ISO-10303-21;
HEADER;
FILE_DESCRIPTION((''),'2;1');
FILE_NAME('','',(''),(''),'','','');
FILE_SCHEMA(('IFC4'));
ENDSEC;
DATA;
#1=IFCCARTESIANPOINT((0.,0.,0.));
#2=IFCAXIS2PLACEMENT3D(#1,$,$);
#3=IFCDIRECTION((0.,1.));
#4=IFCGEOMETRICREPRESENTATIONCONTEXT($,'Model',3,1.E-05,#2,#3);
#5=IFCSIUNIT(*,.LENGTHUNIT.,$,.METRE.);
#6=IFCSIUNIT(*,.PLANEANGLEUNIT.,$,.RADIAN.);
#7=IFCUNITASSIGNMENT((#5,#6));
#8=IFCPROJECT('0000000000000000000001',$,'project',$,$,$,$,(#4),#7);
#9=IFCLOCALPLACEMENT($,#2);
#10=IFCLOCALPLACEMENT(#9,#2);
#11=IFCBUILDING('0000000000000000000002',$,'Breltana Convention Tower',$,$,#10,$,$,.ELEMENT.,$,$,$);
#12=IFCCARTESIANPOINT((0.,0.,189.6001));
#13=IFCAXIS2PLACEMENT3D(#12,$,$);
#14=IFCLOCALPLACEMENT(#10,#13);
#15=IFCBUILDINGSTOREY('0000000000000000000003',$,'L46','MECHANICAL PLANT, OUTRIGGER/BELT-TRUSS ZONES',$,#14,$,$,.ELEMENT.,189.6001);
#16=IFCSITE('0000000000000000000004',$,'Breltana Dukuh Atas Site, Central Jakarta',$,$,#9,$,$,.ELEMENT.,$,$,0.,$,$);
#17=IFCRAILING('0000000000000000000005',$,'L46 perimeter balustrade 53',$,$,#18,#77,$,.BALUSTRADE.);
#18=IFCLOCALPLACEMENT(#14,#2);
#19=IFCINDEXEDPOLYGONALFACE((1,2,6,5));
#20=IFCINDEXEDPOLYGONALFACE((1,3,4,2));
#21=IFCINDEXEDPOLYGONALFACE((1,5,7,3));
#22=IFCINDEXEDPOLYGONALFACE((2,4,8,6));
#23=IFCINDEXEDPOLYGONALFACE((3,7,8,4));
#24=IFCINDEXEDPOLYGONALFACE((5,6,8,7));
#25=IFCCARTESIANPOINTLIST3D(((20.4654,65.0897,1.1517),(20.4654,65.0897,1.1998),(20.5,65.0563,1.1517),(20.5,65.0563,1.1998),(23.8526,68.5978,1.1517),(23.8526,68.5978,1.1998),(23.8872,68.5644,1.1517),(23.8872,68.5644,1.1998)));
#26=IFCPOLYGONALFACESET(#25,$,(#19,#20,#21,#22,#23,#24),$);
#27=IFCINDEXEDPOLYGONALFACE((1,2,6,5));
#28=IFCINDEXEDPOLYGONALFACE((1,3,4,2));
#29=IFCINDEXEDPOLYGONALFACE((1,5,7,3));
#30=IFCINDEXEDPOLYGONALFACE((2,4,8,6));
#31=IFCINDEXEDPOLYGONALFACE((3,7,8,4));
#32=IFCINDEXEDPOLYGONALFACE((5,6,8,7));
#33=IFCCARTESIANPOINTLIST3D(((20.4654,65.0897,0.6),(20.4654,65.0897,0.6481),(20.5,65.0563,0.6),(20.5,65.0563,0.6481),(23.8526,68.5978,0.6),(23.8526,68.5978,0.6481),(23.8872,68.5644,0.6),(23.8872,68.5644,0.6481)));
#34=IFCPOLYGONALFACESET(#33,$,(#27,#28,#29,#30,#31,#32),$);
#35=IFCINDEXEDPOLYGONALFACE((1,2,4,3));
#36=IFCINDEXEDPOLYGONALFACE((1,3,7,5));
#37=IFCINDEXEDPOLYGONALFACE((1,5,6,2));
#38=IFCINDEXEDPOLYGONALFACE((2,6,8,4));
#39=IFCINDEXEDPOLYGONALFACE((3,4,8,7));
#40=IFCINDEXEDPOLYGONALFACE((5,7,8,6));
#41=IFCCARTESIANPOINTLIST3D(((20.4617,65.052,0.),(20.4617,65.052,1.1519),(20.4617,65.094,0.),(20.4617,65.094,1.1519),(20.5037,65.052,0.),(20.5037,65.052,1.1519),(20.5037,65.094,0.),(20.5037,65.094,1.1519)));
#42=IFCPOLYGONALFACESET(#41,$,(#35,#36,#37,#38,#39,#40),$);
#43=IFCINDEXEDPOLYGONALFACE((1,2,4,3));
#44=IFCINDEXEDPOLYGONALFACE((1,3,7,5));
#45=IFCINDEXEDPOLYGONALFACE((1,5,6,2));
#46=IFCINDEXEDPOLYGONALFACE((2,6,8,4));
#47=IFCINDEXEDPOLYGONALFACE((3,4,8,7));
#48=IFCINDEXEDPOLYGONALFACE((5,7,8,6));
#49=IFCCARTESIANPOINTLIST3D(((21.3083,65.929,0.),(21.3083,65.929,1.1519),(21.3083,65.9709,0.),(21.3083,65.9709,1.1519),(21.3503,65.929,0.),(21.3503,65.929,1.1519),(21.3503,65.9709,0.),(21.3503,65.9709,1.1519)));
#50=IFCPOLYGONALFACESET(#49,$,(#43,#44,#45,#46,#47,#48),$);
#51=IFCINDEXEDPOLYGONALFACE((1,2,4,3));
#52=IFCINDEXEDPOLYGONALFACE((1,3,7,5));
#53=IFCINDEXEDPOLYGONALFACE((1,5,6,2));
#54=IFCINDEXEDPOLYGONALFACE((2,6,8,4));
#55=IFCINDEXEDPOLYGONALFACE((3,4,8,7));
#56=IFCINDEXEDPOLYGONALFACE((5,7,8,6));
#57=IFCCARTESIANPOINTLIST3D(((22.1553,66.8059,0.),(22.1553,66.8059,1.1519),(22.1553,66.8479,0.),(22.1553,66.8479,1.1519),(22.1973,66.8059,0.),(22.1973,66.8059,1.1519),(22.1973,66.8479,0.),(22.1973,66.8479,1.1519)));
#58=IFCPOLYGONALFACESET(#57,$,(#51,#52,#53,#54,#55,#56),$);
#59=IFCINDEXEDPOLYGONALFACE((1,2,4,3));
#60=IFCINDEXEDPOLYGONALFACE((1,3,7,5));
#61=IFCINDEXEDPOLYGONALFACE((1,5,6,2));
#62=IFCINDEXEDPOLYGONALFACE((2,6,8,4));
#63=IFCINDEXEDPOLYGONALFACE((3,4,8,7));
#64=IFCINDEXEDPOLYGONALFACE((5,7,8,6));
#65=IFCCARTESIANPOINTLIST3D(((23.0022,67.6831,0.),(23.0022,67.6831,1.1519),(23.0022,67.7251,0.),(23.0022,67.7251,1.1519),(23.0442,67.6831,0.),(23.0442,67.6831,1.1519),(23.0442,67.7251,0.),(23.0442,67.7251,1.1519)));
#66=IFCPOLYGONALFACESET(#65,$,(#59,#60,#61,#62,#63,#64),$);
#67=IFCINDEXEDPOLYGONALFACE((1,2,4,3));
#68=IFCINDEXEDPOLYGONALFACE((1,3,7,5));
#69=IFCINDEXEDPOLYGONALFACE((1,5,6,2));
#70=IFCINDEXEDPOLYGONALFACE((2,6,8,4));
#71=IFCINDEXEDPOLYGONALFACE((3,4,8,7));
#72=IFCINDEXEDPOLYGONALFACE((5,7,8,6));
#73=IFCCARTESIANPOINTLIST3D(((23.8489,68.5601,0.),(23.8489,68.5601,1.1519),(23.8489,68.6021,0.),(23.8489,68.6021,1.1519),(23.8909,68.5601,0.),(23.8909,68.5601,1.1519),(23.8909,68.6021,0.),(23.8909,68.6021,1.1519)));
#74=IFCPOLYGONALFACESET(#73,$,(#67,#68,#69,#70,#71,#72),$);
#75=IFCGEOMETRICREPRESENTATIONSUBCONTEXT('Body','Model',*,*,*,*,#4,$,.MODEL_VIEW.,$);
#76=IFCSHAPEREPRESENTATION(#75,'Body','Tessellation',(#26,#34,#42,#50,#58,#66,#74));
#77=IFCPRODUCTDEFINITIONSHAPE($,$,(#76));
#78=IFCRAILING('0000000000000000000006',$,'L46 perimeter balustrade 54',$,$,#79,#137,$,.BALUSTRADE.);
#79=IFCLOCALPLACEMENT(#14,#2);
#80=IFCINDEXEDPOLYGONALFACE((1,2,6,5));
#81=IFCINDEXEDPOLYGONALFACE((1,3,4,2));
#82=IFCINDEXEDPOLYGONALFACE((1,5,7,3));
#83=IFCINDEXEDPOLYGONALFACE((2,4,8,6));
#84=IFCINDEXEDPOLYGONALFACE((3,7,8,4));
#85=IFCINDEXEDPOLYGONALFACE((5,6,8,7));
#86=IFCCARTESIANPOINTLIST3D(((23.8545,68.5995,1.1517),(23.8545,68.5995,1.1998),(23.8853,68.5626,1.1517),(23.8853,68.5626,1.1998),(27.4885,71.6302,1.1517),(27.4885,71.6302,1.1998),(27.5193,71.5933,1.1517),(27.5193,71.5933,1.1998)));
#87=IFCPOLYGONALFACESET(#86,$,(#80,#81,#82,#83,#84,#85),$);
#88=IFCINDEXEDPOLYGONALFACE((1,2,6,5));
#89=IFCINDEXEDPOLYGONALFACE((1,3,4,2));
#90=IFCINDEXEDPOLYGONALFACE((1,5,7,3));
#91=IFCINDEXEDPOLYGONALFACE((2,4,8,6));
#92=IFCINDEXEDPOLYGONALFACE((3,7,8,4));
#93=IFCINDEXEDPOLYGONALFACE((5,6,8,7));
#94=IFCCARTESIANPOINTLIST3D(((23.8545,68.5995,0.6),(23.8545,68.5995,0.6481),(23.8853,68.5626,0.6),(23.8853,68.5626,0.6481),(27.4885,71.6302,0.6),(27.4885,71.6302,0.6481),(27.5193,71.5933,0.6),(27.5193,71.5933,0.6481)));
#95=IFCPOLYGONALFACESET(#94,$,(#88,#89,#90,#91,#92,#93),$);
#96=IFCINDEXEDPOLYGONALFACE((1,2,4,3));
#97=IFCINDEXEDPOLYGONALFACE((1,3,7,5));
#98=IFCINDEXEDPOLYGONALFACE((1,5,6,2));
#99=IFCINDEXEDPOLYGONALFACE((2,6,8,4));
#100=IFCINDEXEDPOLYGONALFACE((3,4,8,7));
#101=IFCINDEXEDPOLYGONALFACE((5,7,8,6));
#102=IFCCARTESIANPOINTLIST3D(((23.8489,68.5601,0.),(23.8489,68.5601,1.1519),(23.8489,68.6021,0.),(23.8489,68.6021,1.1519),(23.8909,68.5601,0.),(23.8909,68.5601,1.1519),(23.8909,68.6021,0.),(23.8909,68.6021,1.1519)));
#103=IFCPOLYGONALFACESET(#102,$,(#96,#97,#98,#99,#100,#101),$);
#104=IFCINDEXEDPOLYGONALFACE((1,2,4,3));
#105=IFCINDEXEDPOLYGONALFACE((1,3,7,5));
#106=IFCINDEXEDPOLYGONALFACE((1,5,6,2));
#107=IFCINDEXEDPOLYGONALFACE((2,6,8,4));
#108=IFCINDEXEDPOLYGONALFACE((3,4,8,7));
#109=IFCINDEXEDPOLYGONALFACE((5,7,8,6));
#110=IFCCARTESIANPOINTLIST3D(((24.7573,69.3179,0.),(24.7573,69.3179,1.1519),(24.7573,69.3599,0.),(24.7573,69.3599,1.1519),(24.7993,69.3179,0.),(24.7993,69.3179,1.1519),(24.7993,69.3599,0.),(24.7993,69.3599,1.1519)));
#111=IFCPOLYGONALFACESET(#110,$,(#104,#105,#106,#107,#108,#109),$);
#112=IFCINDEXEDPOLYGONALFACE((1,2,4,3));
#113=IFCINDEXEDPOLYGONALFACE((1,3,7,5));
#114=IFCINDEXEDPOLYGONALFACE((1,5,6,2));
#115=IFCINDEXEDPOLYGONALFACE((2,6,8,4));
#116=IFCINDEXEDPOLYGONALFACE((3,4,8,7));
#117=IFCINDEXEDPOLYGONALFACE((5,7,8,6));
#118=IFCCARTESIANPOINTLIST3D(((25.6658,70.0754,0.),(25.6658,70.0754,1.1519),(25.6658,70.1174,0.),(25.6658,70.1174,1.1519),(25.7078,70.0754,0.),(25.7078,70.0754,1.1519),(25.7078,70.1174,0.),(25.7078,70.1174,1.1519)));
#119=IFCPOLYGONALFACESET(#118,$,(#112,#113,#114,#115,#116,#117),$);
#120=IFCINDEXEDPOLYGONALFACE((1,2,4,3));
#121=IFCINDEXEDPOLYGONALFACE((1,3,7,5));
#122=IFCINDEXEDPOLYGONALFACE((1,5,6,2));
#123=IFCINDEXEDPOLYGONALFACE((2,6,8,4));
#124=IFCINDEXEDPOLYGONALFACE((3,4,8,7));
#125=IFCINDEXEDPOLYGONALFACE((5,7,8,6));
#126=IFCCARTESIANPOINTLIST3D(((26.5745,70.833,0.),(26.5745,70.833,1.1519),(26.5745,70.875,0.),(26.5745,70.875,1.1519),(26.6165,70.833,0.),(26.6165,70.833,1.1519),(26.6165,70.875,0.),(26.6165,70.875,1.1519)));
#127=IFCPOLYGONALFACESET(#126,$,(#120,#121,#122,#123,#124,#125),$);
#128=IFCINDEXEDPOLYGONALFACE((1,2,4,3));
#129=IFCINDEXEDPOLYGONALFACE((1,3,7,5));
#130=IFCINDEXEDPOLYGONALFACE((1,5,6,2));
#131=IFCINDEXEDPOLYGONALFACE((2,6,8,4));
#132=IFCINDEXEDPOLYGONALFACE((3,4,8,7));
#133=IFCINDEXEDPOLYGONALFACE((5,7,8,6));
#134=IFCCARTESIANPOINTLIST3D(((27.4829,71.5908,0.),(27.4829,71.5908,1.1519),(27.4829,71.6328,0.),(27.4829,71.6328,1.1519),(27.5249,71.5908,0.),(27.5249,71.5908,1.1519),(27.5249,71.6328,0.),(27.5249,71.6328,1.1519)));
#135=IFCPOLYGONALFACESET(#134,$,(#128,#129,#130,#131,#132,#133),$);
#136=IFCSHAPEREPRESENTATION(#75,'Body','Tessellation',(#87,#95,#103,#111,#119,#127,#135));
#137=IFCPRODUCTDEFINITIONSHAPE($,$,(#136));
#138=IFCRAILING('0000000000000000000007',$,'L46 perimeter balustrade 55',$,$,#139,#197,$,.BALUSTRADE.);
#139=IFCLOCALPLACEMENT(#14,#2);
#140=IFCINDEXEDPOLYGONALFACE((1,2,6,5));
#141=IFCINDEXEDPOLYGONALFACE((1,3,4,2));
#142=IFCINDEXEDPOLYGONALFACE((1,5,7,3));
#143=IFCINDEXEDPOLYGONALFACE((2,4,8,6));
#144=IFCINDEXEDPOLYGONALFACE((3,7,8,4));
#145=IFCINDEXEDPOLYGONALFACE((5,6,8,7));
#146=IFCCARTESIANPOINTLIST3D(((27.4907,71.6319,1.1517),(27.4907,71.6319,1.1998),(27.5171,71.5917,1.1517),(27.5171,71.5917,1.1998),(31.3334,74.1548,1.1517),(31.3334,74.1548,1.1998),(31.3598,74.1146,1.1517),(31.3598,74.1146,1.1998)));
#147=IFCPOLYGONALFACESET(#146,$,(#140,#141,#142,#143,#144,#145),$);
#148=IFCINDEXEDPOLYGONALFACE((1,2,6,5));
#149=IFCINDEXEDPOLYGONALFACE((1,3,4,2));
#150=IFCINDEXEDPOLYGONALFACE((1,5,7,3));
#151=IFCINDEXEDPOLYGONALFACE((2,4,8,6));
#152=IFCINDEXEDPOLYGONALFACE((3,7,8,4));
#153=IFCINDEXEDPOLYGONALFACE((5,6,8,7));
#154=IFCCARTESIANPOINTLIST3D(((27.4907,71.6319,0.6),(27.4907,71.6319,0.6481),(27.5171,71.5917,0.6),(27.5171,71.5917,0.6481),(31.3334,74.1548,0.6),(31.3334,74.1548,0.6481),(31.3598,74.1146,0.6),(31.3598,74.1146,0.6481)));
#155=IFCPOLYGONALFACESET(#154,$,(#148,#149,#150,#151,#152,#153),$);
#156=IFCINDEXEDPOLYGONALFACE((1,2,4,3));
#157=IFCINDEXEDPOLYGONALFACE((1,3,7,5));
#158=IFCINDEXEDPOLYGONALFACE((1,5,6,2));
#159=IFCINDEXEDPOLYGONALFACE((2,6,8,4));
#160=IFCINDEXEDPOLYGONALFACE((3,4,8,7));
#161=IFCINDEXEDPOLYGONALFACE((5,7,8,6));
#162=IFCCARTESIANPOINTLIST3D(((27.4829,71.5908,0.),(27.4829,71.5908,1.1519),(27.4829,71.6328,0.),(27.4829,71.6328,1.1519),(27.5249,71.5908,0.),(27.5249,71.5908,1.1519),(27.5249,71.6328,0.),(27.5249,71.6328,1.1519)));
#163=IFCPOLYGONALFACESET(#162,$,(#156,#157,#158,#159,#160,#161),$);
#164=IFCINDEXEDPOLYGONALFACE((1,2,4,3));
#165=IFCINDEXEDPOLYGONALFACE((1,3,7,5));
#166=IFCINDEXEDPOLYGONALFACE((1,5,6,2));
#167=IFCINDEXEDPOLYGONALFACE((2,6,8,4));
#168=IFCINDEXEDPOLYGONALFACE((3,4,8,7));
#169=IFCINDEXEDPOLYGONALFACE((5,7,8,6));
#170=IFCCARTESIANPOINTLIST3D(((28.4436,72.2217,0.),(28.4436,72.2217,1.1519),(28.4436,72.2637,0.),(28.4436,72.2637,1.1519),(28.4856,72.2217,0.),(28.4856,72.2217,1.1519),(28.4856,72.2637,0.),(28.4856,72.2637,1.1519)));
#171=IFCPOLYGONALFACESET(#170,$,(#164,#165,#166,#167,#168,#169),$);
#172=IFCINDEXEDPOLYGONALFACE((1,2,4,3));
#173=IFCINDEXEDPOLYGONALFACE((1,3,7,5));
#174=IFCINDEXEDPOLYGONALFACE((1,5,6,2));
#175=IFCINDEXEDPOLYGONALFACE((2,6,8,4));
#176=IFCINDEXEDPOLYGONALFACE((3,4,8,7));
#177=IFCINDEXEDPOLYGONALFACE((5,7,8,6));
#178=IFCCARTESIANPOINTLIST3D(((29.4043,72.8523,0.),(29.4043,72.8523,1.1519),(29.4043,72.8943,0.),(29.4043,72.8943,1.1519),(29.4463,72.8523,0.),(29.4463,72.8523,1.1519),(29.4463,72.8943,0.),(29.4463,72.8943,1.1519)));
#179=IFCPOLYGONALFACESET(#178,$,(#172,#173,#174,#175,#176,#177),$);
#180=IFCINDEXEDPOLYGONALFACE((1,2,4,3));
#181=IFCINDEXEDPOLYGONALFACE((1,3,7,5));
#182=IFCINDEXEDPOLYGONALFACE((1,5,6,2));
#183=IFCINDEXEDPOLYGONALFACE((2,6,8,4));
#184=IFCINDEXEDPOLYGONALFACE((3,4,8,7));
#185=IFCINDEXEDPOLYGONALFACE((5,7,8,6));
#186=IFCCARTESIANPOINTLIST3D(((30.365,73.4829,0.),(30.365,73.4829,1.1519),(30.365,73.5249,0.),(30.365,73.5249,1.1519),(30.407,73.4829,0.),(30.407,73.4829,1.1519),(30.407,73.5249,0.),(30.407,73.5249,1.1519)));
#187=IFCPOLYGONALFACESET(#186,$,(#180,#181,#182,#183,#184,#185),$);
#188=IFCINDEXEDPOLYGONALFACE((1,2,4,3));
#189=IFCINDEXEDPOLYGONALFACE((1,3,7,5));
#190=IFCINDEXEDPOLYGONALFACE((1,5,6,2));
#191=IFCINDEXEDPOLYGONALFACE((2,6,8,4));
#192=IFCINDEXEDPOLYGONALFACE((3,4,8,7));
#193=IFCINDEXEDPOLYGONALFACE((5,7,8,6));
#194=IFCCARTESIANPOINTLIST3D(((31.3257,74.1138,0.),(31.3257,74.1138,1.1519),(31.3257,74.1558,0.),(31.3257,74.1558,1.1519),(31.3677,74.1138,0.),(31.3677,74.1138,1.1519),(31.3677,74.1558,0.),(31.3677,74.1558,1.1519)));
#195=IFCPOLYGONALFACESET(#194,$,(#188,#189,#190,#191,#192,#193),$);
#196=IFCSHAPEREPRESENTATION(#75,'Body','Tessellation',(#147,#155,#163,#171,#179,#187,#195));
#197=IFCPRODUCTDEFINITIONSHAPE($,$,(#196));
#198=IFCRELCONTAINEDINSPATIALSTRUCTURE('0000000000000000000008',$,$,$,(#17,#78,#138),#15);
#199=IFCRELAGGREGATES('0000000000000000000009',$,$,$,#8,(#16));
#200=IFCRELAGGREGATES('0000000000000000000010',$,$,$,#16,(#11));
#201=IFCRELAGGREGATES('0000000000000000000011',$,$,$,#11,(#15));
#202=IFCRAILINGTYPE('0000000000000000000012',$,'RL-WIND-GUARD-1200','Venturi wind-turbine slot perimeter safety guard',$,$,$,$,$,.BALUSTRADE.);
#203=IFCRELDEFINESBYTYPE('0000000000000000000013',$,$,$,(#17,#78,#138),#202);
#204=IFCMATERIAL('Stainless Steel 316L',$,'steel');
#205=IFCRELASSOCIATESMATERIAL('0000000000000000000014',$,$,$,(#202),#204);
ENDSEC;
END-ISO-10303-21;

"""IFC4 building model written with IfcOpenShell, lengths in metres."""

from ifc_helpers import new_model, si_unit, direction, frame, origin, origin_2d, place, context, subcontext, project, spatial, rectangle, extrude, material, type_object, element, save


model = new_model("IFC4")

# Units and contexts
model_context = context("Model", 3, precision=1e-05, world=origin(), true_north=direction((0.0, 1.0)))
body_context = subcontext(model_context, "Body", "Model", "MODEL_VIEW")
ifc_project = project(units=[si_unit("LENGTHUNIT", "METRE"), si_unit("PLANEANGLEUNIT", "RADIAN")], contexts=[model_context])

# Site, building, storey
site_placement = place(None, origin())
site = spatial("IfcSite", under=ifc_project, at=site_placement, Name="Breltana Dukuh Atas Site, Central Jakarta", CompositionType="ELEMENT", RefElevation=0.0)
building_placement = place(site_placement, origin())
building = spatial("IfcBuilding", under=site, at=building_placement, Name="Breltana Convention Tower", CompositionType="ELEMENT")
storey_placement = place(building_placement, frame((0.0, 0.0, 189.6001)))
storey = spatial("IfcBuildingStorey", under=building, at=storey_placement, Name="L46", Description="MECHANICAL PLANT, OUTRIGGER/BELT-TRUSS ZONES", CompositionType="ELEMENT", Elevation=189.6001)

# Railings
ifc_material_1 = material(Name="Stainless Steel 316L", Category="steel")
railing_type = type_object("IfcRailingType", Name="RL-WIND-GUARD-1200", Description="Venturi wind-turbine slot perimeter safety guard", PredefinedType="BALUSTRADE", material=ifc_material_1)
railing_1_placement = place(storey_placement, frame((20.4827, 65.073, 0.0)))
element("IfcRailing", 1, at=railing_1_placement, inside=storey, type_object=railing_type, Name="L46 perimeter balustrade 53", PredefinedType="BALUSTRADE", context=body_context, shape_type="SweptSolid", body=[
    extrude(rectangle(XDim=0.0481, YDim=0.0481, at=origin_2d()), frame((0.0, 0.0, 1.1758), z_axis=(0.694607, 0.719389, 0.0), x_axis=(-0.719389, 0.694607, 0.0)), (0.0, 0.0, 1.0), 4.8765),
    extrude(rectangle(XDim=0.0481, YDim=0.0481, at=origin_2d()), frame((0.0, 0.0, 0.624), z_axis=(0.694607, 0.719389, 0.0), x_axis=(-0.719389, 0.694607, 0.0)), (0.0, 0.0, 1.0), 4.8765),
    extrude(rectangle(XDim=0.042, YDim=0.042, at=origin_2d()), origin(), (0.0, 0.0, 1.0), 1.1519),
    extrude(rectangle(XDim=0.042, YDim=0.042, at=origin_2d()), frame((0.8467, 0.877, 0.0)), (0.0, 0.0, 1.0), 1.1519),
    extrude(rectangle(XDim=0.042, YDim=0.042, at=origin_2d()), frame((1.6936, 1.7539, 0.0)), (0.0, 0.0, 1.0), 1.1519),
    extrude(rectangle(XDim=0.042, YDim=0.042, at=origin_2d()), frame((2.5405, 2.6311, 0.0)), (0.0, 0.0, 1.0), 1.1519),
    extrude(rectangle(XDim=0.042, YDim=0.042, at=origin_2d()), frame((3.3872, 3.5081, 0.0)), (0.0, 0.0, 1.0), 1.1519),
])
railing_2_placement = place(storey_placement, frame((23.8699, 68.5811, 0.0)))
element("IfcRailing", 2, at=railing_2_placement, inside=storey, type_object=railing_type, Name="L46 perimeter balustrade 54", PredefinedType="BALUSTRADE", context=body_context, shape_type="SweptSolid", body=[
    extrude(rectangle(XDim=0.0481, YDim=0.0481, at=origin_2d()), frame((0.0, 0.0, 1.1758), z_axis=(0.767972, 0.640484, 0.0), x_axis=(-0.640484, 0.767972, 0.0)), (0.0, 0.0, 1.0), 4.7319),
    extrude(rectangle(XDim=0.0481, YDim=0.0481, at=origin_2d()), frame((0.0, 0.0, 0.624), z_axis=(0.767972, 0.640484, 0.0), x_axis=(-0.640484, 0.767972, 0.0)), (0.0, 0.0, 1.0), 4.7319),
    extrude(rectangle(XDim=0.042, YDim=0.042, at=origin_2d()), origin(), (0.0, 0.0, 1.0), 1.1519),
    extrude(rectangle(XDim=0.042, YDim=0.042, at=origin_2d()), frame((0.9084, 0.7578, 0.0)), (0.0, 0.0, 1.0), 1.1519),
    extrude(rectangle(XDim=0.042, YDim=0.042, at=origin_2d()), frame((1.8169, 1.5154, 0.0)), (0.0, 0.0, 1.0), 1.1519),
    extrude(rectangle(XDim=0.042, YDim=0.042, at=origin_2d()), frame((2.7256, 2.2729, 0.0)), (0.0, 0.0, 1.0), 1.1519),
    extrude(rectangle(XDim=0.042, YDim=0.042, at=origin_2d()), frame((3.634, 3.0308, 0.0)), (0.0, 0.0, 1.0), 1.1519),
])
railing_3_placement = place(storey_placement, frame((27.5039, 71.6118, 0.0)))
element("IfcRailing", 3, at=railing_3_placement, inside=storey, type_object=railing_type, Name="L46 perimeter balustrade 55", PredefinedType="BALUSTRADE", context=body_context, shape_type="SweptSolid", body=[
    extrude(rectangle(XDim=0.0481, YDim=0.0481, at=origin_2d()), frame((0.0, 0.0, 1.1758), z_axis=(0.835935, 0.548828, 0.0), x_axis=(-0.548828, 0.835935, 0.0)), (0.0, 0.0, 1.0), 4.5969),
    extrude(rectangle(XDim=0.0481, YDim=0.0481, at=origin_2d()), frame((0.0, 0.0, 0.624), z_axis=(0.835935, 0.548828, 0.0), x_axis=(-0.548828, 0.835935, 0.0)), (0.0, 0.0, 1.0), 4.5969),
    extrude(rectangle(XDim=0.042, YDim=0.042, at=origin_2d()), origin(), (0.0, 0.0, 1.0), 1.1519),
    extrude(rectangle(XDim=0.042, YDim=0.042, at=origin_2d()), frame((0.9607, 0.6309, 0.0)), (0.0, 0.0, 1.0), 1.1519),
    extrude(rectangle(XDim=0.042, YDim=0.042, at=origin_2d()), frame((1.9214, 1.2615, 0.0)), (0.0, 0.0, 1.0), 1.1519),
    extrude(rectangle(XDim=0.042, YDim=0.042, at=origin_2d()), frame((2.8821, 1.8921, 0.0)), (0.0, 0.0, 1.0), 1.1519),
    extrude(rectangle(XDim=0.042, YDim=0.042, at=origin_2d()), frame((3.8428, 2.5229, 0.0)), (0.0, 0.0, 1.0), 1.1519),
])

save(model, "model.ifc")
